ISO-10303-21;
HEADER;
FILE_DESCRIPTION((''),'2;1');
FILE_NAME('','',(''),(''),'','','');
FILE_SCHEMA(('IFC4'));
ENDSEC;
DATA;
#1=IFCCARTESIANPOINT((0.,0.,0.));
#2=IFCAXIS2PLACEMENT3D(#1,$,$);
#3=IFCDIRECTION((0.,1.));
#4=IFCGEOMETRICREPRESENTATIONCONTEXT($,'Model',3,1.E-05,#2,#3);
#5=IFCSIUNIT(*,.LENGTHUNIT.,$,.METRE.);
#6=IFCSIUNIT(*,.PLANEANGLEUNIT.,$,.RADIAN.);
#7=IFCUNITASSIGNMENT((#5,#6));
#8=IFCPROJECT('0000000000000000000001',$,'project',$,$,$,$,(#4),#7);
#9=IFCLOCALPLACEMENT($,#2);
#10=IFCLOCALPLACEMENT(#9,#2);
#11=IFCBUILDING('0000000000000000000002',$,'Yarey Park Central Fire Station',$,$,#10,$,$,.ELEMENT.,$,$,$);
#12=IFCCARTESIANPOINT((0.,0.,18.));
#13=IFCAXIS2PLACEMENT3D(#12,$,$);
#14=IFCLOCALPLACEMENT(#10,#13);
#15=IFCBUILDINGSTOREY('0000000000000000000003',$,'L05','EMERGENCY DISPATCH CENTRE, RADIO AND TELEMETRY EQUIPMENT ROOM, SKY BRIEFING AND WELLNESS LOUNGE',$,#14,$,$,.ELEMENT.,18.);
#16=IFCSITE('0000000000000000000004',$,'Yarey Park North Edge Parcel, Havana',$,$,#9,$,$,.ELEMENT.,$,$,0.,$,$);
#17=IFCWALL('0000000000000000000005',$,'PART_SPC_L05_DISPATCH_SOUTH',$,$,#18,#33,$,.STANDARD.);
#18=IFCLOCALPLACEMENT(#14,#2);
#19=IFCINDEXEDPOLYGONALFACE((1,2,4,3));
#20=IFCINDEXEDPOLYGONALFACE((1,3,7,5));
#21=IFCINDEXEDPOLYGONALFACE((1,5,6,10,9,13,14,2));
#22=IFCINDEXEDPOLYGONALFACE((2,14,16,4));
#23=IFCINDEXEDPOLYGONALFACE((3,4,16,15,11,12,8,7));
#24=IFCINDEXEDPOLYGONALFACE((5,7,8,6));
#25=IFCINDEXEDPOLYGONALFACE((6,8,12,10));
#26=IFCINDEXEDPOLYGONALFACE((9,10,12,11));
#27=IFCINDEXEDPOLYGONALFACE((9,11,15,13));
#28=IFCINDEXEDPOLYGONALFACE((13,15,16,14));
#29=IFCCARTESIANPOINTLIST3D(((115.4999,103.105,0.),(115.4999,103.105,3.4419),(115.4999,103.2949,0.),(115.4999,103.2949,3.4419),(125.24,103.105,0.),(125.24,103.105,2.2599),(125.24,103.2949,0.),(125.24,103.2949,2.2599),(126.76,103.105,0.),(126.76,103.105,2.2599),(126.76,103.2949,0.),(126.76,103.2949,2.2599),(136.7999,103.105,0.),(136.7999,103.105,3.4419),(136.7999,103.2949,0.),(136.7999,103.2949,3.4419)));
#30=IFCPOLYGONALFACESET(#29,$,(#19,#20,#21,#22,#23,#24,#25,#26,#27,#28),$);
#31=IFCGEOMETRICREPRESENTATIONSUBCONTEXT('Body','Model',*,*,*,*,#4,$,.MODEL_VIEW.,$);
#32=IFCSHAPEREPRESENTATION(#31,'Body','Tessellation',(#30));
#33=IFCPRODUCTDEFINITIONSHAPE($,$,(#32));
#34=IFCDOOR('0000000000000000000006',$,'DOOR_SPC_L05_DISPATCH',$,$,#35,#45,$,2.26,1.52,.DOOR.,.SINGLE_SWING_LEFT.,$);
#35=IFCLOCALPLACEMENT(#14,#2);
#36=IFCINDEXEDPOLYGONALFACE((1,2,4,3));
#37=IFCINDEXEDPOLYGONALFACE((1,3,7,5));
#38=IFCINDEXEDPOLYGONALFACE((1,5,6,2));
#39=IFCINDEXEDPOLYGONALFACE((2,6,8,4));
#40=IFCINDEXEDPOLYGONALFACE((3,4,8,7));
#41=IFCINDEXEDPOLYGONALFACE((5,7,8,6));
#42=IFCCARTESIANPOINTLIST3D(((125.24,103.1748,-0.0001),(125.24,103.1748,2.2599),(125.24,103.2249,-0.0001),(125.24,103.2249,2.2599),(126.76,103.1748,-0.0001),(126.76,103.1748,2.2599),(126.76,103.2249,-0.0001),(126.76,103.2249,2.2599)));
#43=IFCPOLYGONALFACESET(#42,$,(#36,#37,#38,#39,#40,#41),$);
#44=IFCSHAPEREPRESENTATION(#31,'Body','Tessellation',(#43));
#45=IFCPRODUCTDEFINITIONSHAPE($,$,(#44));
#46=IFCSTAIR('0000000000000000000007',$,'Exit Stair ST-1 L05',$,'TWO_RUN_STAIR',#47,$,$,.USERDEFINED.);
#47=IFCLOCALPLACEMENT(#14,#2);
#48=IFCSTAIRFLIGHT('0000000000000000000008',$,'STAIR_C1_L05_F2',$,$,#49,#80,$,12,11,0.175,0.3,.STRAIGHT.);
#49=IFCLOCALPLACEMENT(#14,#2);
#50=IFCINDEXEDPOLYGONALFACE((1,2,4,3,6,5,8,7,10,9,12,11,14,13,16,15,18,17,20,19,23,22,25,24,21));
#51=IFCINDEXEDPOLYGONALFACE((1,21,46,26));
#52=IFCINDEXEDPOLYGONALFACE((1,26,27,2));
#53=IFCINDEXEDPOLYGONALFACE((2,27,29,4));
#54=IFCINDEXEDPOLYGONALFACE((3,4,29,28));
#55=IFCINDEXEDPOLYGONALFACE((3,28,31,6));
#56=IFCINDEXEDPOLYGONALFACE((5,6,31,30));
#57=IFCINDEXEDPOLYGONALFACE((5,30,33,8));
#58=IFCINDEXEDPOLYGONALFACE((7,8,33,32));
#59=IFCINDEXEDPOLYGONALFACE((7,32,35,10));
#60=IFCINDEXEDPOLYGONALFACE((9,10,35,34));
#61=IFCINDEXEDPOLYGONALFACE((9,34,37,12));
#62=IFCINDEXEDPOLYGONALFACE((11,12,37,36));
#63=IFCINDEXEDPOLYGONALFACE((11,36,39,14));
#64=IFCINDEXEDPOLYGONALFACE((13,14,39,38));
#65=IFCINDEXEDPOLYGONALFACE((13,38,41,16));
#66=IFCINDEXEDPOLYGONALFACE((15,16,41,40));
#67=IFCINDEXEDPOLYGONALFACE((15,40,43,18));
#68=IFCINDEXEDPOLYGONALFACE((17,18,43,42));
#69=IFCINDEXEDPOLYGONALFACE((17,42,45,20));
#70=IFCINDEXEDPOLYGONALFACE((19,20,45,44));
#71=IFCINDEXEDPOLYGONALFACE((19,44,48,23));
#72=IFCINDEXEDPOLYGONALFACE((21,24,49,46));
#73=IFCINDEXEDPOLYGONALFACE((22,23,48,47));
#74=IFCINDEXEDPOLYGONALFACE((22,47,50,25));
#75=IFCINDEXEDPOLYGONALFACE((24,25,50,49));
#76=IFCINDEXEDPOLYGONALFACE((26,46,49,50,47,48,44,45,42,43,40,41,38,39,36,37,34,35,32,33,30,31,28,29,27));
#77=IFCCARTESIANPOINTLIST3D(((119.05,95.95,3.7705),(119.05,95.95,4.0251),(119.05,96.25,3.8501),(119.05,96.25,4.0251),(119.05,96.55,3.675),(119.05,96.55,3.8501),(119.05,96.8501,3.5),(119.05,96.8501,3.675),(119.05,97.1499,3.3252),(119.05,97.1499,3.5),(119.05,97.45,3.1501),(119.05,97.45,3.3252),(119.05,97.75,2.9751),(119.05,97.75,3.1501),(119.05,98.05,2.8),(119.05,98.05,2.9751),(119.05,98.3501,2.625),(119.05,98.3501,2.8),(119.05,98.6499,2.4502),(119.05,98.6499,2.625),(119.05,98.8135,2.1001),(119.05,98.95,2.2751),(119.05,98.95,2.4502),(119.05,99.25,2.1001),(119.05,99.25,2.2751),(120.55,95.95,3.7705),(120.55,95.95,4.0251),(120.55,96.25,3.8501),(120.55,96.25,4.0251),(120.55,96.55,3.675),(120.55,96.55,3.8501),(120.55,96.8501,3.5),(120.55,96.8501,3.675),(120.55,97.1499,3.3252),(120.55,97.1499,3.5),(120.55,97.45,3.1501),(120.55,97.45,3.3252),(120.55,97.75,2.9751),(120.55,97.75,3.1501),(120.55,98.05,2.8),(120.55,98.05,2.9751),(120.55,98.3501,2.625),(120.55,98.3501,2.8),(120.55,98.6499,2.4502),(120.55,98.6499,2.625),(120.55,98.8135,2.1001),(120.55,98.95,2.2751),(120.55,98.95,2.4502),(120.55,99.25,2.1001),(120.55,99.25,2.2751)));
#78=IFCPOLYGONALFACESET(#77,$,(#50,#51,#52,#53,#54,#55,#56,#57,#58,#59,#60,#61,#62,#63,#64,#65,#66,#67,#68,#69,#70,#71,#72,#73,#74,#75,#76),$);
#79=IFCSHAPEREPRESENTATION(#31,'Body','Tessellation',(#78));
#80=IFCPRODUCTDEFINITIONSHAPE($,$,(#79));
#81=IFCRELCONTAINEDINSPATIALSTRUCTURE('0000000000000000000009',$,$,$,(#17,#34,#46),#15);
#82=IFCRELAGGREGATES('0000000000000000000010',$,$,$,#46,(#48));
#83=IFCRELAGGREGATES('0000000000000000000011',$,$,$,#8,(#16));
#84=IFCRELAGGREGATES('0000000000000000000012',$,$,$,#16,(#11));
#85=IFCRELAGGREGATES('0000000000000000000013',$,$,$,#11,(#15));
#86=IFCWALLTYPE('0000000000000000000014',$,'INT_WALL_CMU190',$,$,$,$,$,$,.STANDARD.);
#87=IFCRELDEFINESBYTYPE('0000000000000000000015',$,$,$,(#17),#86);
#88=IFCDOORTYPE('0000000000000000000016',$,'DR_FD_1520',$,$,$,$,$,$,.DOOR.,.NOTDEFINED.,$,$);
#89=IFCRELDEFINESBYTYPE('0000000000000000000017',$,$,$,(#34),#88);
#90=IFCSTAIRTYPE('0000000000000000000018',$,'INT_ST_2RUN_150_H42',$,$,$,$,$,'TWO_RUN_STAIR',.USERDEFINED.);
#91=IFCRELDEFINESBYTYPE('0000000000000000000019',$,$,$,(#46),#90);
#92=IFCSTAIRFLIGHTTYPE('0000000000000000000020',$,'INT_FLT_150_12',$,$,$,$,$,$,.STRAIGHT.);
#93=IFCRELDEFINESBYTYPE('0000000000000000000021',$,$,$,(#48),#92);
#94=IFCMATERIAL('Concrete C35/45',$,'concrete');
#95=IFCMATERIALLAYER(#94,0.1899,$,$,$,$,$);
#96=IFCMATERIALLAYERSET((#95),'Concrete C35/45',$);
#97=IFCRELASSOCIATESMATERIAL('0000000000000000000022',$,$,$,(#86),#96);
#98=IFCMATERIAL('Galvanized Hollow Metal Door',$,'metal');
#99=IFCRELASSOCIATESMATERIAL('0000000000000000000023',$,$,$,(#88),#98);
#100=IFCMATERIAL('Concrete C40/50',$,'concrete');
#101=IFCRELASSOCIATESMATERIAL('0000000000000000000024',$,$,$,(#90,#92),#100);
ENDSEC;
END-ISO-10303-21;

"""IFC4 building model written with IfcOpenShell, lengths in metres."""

from ifc_helpers import new_model, si_unit, direction, frame, frame_2d, origin, place, context, subcontext, project, spatial, polyline, rectangle, outline, extrude, material, layer, layer_set, type_object, element, fill, aggregate, save


model = new_model("IFC4")

# Units and contexts
model_context = context("Model", 3, precision=1e-05, world=origin(), true_north=direction((0.0, 1.0)))
body_context = subcontext(model_context, "Body", "Model", "MODEL_VIEW")
ifc_project = project(units=[si_unit("LENGTHUNIT", "METRE"), si_unit("PLANEANGLEUNIT", "RADIAN")], contexts=[model_context])

# Site, building, storey
site_placement = place(None, origin())
site = spatial("IfcSite", under=ifc_project, at=site_placement, Name="Yarey Park North Edge Parcel, Havana", CompositionType="ELEMENT", RefElevation=0.0)
building_placement = place(site_placement, origin())
building = spatial("IfcBuilding", under=site, at=building_placement, Name="Yarey Park Central Fire Station", CompositionType="ELEMENT")
storey_placement = place(building_placement, frame((0.0, 0.0, 18.0)))
storey = spatial("IfcBuildingStorey", under=building, at=storey_placement, Name="L05", Description="EMERGENCY DISPATCH CENTRE, RADIO AND TELEMETRY EQUIPMENT ROOM, SKY BRIEFING AND WELLNESS LOUNGE", CompositionType="ELEMENT", Elevation=18.0)

# Shared definitions
ifc_material_1 = material(Name="Concrete C35/45", Category="concrete")
ifc_material_2 = material(Name="Concrete C40/50", Category="concrete")

# Wall, opening, door
ifc_layer_1 = layer(ifc_material_1, 0.1899)
ifc_layer_set_1 = layer_set([ifc_layer_1], Name="Concrete C35/45")
wall_type_1 = type_object("IfcWallType", Name="INT_WALL_CMU190", PredefinedType="STANDARD", material=ifc_layer_set_1)
wall_1_placement = place(storey_placement, frame((115.5, 103.2, 0.0), z_axis=(0.0, 0.0, 1.0), x_axis=(1.0, 0.0, 0.0)))
wall_1 = element("IfcWall", 1, at=wall_1_placement, inside=storey, type_object=wall_type_1, Name="PART_SPC_L05_DISPATCH_SOUTH", PredefinedType="STANDARD", context=body_context, shape_type="SweptSolid", body=[
    extrude(rectangle(XDim=21.3, YDim=0.1899, at=frame_2d((10.6499, 0.0))), origin(), (0.0, 0.0, 1.0), 3.4419),
])
opening_placement = place(wall_1_placement, frame((9.74, 0.0, 0.0)))
opening = element("IfcOpeningElement", 2, at=opening_placement, cuts=wall_1, PredefinedType="OPENING", context=body_context, shape_type="SweptSolid", body=[
    extrude(rectangle(XDim=1.52, YDim=2.26, at=frame_2d((0.76, 1.1299))), frame((0.0, 0.105, 0.0), z_axis=(0.0, -1.0, 0.0), x_axis=(1.0, 0.0, 0.0)), (0.0, 0.0, 1.0), 0.21),
])
ifc_material_3 = material(Name="Galvanized Hollow Metal Door", Category="metal")
door_type = type_object("IfcDoorType", Name="DR_FD_1520", OperationType="NOTDEFINED", PredefinedType="DOOR", material=ifc_material_3)
door_placement = place(opening_placement, origin())
door = element("IfcDoor", 3, at=door_placement, inside=storey, type_object=door_type, Name="DOOR_SPC_L05_DISPATCH", OperationType="SINGLE_SWING_LEFT", OverallHeight=2.26, OverallWidth=1.52, PredefinedType="DOOR", context=body_context, shape_type="SweptSolid", body=[
    extrude(rectangle(XDim=1.52, YDim=2.26, at=frame_2d((0.76, 1.1299))), frame((0.0, 0.0249, 0.0), z_axis=(0.0, -1.0, 0.0), x_axis=(1.0, 0.0, 0.0)), (0.0, 0.0, 1.0), 0.05),
])
fill(opening, door)

# Stair, stair flight
stair_type = type_object("IfcStairType", Name="INT_ST_2RUN_150_H42", ElementType="TWO_RUN_STAIR", PredefinedType="USERDEFINED", material=ifc_material_2)
stair_placement = place(storey_placement, origin())
stair = element("IfcStair", 4, at=stair_placement, inside=storey, type_object=stair_type, Name="Exit Stair ST-1 L05", ObjectType="TWO_RUN_STAIR", PredefinedType="USERDEFINED")
stair_flight_type = type_object("IfcStairFlightType", Name="INT_FLT_150_12", PredefinedType="STRAIGHT", material=ifc_material_2)
stair_flight_placement = place(storey_placement, frame((119.8, 99.25, 2.1001), z_axis=(0.0, 0.0, 1.0), x_axis=(0.0, -1.0, 0.0)))
stair_flight = element("IfcStairFlight", 5, at=stair_flight_placement, type_object=stair_flight_type, Name="STAIR_C1_L05_F2", NumberOfRisers=12, NumberOfTreads=11, PredefinedType="STRAIGHT", RiserHeight=0.175, TreadLength=0.3, context=body_context, shape_type="SweptSolid", body=[
    extrude(outline(polyline([(0.0, 0.0), (0.0, 0.175), (0.3, 0.175), (0.3, 0.3501), (0.6001, 0.3501), (0.6001, 0.5249), (0.8999, 0.5249), (0.8999, 0.7), (1.2, 0.7), (1.2, 0.875), (1.5, 0.875), (1.5, 1.05), (1.8, 1.05), (1.8, 1.2251), (2.1001, 1.2251), (2.1001, 1.3999), (2.3999, 1.3999), (2.3999, 1.575), (2.7, 1.575), (2.7, 1.75), (3.0, 1.75), (3.0, 1.925), (3.3, 1.925), (3.3, 2.1001), (3.3, 1.6704), (0.4365, 0.0), (0.0, 0.0)])), frame((0.0, 0.75, 0.0), z_axis=(0.0, -1.0, 0.0), x_axis=(1.0, 0.0, 0.0)), (0.0, 0.0, 1.0), 1.5),
])
aggregate(stair, [stair_flight])

save(model, "model.ifc")
